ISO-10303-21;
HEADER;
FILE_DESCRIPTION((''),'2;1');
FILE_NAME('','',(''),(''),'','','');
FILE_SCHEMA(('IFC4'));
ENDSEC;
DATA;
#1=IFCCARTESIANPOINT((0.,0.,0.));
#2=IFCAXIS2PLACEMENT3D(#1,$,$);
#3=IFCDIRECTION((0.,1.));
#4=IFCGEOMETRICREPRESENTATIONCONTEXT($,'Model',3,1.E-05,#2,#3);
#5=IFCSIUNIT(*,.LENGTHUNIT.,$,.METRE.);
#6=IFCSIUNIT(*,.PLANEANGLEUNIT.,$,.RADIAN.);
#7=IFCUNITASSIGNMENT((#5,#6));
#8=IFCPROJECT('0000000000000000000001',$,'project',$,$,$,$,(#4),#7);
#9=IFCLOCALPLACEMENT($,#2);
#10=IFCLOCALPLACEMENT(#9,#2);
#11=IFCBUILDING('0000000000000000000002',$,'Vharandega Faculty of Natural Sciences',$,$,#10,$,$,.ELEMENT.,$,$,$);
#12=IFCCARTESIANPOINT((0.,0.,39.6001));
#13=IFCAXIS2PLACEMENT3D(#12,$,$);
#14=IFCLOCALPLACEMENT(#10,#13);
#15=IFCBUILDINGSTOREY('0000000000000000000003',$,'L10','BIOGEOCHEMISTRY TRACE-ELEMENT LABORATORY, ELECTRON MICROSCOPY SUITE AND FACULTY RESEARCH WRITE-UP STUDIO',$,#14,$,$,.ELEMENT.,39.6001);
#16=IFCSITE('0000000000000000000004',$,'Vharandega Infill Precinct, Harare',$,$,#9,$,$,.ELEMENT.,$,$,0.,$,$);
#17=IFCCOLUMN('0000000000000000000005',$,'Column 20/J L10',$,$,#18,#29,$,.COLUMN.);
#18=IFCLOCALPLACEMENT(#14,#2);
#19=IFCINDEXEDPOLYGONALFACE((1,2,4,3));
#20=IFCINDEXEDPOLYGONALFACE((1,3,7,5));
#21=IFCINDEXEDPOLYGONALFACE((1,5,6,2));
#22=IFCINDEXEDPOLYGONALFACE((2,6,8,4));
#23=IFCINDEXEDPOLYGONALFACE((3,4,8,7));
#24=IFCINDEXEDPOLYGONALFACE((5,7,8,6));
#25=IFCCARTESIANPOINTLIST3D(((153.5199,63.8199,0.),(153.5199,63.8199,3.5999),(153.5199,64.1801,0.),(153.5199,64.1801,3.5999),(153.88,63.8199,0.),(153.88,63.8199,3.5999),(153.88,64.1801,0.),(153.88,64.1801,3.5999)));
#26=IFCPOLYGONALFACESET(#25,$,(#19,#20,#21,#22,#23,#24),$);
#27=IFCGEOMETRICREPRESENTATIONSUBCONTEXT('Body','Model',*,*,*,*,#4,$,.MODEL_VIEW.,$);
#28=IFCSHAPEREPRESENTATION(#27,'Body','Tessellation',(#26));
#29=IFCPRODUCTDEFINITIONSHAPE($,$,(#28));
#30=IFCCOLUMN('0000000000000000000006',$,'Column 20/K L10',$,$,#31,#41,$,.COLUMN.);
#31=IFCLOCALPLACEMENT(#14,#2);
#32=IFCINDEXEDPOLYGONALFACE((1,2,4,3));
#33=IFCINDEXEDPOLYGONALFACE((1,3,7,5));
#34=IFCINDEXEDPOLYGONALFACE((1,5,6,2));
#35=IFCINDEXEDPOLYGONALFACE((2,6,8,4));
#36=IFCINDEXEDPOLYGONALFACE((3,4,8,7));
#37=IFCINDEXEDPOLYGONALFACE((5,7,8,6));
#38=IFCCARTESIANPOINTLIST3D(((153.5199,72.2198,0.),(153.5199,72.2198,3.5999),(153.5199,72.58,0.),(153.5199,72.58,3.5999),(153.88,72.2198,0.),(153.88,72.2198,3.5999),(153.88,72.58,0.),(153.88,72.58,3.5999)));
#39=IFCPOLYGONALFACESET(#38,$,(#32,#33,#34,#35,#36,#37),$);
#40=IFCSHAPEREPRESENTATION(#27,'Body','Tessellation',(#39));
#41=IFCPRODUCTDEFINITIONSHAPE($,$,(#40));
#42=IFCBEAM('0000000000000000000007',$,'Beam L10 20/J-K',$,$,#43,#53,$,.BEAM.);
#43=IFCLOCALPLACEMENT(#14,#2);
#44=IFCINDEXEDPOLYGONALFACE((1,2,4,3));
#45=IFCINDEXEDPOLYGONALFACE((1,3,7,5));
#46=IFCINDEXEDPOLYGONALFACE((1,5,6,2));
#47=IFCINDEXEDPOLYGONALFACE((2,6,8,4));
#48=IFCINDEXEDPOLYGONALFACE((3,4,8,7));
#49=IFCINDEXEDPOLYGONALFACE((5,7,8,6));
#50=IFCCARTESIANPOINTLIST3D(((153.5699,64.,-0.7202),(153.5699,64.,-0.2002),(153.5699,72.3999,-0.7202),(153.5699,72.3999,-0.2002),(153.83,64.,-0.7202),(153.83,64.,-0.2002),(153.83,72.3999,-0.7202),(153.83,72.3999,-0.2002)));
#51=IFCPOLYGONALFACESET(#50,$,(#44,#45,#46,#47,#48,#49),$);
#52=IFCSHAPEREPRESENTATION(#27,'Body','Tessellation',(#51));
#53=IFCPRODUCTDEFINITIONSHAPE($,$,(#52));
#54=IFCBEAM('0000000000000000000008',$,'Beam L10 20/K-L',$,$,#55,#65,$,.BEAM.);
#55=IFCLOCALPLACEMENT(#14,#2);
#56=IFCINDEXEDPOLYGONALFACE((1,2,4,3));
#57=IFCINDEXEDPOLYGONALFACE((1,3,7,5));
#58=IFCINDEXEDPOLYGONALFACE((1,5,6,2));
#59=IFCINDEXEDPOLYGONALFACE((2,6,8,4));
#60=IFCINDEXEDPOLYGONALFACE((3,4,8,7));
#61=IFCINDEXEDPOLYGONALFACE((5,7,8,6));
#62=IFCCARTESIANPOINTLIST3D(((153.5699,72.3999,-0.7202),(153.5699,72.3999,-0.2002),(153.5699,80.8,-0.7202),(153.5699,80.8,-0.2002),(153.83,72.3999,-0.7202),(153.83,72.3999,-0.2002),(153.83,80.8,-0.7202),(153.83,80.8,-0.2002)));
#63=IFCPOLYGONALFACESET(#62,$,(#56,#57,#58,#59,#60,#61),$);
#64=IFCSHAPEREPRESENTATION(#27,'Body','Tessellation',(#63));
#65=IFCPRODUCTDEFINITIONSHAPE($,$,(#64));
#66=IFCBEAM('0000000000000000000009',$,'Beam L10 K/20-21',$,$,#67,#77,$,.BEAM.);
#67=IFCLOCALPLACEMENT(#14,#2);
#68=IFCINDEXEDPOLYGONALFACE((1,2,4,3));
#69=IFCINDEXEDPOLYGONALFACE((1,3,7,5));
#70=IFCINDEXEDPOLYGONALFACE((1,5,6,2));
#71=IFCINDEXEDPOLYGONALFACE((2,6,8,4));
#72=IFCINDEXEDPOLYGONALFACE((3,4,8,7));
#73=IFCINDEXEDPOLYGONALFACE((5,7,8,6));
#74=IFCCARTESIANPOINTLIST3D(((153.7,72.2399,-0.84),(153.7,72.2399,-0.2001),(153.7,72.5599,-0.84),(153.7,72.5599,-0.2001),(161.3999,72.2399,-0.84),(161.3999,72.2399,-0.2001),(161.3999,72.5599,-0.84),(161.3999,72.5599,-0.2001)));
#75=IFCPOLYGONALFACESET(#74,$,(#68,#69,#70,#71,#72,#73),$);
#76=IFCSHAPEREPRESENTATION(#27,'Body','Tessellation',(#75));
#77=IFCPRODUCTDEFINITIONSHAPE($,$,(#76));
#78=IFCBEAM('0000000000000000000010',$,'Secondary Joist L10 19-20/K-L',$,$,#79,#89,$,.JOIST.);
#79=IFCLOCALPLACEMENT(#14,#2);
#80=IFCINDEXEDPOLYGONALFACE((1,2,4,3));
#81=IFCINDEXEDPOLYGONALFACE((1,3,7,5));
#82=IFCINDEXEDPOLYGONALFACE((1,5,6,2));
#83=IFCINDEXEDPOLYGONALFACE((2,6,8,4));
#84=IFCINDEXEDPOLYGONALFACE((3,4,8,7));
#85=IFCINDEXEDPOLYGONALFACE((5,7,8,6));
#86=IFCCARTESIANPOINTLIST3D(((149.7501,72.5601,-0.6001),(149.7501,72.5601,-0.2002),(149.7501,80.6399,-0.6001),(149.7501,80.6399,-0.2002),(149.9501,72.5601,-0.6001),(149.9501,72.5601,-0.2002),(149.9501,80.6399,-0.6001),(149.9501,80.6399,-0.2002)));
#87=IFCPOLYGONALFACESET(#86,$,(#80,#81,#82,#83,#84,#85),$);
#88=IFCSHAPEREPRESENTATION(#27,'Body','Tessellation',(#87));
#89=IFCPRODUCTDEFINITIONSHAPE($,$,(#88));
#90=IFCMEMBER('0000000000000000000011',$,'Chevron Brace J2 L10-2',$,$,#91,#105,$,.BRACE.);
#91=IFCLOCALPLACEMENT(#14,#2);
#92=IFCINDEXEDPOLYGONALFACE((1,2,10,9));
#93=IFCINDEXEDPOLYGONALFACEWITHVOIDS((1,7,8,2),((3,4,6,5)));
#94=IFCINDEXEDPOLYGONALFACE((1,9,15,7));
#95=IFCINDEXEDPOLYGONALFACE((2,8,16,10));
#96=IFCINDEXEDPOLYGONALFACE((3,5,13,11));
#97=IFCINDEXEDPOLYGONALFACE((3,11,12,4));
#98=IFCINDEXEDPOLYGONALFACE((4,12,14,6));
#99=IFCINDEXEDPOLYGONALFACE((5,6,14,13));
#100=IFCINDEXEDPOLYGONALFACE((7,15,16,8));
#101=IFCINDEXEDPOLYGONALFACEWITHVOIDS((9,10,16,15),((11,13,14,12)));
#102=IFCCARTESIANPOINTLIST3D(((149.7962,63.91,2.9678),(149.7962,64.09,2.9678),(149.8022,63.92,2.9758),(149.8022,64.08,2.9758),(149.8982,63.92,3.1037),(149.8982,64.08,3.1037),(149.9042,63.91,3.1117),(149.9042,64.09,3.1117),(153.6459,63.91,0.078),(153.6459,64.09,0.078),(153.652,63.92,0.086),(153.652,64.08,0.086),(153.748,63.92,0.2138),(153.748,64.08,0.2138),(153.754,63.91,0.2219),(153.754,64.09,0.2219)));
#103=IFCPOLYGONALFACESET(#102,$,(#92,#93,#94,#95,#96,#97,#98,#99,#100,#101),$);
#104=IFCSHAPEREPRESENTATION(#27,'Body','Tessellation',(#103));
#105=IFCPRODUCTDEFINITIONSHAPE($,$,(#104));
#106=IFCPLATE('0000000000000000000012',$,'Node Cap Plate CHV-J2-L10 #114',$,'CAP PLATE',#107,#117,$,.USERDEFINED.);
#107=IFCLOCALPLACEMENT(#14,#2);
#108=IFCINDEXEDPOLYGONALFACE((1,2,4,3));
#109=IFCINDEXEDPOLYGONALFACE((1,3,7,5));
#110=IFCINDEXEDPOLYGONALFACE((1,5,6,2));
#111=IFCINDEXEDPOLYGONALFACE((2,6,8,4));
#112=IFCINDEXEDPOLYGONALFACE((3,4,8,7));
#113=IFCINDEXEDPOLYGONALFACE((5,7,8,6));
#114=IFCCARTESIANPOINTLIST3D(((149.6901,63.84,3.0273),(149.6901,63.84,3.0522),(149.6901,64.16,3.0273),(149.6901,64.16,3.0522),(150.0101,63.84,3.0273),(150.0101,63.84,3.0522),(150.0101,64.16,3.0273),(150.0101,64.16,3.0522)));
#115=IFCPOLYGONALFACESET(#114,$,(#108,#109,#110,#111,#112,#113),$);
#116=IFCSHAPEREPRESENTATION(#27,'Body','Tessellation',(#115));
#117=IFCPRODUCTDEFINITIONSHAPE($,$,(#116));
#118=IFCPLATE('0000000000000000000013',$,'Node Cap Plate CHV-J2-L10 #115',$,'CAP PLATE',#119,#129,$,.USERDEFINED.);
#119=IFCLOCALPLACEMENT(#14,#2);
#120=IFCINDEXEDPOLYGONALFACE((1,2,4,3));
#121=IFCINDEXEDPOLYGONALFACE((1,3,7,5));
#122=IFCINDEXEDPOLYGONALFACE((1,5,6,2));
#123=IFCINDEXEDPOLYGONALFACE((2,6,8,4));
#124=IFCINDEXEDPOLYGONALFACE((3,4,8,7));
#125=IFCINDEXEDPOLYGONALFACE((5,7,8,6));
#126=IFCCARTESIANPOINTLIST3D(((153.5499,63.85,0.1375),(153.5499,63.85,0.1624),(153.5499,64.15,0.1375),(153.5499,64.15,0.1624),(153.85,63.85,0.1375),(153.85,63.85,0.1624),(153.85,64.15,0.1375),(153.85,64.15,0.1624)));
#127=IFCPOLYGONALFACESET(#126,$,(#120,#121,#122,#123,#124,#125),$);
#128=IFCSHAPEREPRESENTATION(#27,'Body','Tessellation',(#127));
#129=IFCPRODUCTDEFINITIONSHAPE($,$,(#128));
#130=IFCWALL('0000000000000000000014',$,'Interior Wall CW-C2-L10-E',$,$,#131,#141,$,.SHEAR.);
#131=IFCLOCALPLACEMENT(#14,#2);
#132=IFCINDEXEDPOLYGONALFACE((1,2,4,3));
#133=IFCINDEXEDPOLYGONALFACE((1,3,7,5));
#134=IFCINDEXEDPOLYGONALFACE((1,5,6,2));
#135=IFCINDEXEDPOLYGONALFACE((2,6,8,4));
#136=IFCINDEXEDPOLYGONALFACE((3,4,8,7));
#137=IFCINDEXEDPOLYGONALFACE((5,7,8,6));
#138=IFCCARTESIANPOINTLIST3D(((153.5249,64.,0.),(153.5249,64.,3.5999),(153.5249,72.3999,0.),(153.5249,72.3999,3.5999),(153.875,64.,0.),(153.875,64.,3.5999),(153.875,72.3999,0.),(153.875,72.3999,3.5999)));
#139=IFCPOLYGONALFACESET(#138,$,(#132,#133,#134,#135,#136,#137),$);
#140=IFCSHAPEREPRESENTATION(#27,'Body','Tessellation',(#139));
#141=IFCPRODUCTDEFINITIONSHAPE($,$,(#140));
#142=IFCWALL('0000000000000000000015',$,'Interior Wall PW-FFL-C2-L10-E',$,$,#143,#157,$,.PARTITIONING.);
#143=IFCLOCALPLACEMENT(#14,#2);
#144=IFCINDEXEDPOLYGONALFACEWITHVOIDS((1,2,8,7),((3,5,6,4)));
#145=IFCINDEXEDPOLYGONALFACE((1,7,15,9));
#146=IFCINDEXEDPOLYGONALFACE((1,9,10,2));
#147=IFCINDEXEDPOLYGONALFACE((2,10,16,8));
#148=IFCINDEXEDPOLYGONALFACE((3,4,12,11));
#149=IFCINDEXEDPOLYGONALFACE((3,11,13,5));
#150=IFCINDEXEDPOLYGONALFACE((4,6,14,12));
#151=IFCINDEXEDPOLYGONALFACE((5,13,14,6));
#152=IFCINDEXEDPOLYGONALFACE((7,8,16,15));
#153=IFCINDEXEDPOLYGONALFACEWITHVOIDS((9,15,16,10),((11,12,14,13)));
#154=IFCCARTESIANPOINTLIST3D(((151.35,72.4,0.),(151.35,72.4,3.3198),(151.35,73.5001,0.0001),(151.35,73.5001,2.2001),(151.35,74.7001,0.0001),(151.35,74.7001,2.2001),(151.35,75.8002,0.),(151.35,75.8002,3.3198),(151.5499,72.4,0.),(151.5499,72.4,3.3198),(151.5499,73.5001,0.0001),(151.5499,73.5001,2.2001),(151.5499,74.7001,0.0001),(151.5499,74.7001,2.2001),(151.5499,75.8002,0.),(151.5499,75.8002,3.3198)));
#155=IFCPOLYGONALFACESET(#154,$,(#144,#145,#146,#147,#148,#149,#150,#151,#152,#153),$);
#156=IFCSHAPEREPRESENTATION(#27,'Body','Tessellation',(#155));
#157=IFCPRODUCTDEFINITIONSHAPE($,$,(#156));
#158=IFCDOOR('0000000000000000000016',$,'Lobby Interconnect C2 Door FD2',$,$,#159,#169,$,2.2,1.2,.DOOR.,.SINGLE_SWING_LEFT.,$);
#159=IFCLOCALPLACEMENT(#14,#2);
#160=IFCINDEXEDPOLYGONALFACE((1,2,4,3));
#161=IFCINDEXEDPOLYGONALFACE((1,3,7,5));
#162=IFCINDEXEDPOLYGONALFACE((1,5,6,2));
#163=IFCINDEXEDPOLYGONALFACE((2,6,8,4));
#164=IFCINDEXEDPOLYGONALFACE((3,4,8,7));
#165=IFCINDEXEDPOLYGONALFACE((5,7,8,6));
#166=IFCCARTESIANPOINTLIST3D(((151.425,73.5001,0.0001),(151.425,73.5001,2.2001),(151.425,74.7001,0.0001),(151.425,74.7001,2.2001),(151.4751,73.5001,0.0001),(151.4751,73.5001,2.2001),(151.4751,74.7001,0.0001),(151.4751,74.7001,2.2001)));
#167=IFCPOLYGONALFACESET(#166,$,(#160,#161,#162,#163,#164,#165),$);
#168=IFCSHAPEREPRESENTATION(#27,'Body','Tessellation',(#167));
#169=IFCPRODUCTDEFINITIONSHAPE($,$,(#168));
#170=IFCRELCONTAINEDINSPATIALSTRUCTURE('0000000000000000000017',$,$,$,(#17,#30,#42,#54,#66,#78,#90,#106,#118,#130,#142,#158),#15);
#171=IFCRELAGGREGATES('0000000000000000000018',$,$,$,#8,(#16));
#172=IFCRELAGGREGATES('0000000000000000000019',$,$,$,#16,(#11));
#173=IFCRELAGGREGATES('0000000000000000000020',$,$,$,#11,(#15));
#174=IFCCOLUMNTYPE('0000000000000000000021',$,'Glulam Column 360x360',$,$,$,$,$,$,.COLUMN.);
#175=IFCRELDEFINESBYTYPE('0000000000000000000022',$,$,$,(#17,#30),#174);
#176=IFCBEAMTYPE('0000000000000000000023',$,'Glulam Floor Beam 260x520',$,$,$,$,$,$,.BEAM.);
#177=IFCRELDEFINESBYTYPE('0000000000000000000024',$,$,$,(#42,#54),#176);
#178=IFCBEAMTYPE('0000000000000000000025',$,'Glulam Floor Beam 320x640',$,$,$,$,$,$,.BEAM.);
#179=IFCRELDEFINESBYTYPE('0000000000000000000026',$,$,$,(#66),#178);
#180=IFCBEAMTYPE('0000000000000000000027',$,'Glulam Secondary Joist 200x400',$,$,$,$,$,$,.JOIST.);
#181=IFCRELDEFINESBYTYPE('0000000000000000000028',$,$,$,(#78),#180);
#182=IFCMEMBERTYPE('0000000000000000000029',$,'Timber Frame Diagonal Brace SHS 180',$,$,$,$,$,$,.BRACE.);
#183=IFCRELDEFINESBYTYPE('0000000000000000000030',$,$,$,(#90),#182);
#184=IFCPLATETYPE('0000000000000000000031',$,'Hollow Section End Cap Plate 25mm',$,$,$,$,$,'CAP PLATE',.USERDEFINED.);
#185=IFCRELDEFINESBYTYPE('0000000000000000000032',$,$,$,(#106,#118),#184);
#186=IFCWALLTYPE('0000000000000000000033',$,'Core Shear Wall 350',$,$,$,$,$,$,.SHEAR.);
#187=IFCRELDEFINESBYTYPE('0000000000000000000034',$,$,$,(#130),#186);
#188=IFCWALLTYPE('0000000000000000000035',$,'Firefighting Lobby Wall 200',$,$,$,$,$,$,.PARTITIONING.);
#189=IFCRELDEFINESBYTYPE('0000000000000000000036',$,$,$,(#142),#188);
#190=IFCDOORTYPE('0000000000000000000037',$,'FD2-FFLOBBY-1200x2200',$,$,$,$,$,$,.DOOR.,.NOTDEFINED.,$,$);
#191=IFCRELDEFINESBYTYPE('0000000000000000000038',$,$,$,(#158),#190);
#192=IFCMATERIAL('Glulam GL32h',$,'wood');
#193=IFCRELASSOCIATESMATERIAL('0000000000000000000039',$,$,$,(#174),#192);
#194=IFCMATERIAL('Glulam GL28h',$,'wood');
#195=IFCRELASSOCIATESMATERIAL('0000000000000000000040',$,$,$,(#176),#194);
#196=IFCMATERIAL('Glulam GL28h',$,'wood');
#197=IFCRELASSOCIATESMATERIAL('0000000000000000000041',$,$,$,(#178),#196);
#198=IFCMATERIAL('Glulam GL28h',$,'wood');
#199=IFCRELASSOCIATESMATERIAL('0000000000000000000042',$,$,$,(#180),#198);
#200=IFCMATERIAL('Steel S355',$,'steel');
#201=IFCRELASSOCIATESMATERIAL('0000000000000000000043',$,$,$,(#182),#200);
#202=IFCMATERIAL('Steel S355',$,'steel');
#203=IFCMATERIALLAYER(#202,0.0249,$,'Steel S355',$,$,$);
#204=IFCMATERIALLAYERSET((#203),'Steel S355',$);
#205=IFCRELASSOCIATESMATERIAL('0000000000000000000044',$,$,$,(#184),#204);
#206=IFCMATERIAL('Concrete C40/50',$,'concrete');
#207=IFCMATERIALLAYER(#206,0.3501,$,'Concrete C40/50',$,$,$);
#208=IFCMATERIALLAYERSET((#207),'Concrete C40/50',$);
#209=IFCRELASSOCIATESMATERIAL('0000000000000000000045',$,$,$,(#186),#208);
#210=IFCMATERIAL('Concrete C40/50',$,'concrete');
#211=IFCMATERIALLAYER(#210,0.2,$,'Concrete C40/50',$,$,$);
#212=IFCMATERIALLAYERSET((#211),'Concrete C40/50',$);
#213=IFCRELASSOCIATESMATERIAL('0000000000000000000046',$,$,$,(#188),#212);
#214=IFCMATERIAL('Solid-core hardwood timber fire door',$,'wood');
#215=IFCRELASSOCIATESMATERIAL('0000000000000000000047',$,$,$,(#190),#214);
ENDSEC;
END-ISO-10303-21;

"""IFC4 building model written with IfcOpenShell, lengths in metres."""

from ifc_helpers import new_model, si_unit, direction, frame, frame_2d, origin, origin_2d, place, context, subcontext, project, spatial, rectangle, hollow_rectangle, extrude, material, layer, layer_set, material_profile, profile_set, type_object, element, fill, save


model = new_model("IFC4")

# Units and contexts
model_context = context("Model", 3, precision=1e-05, world=origin(), true_north=direction((0.0, 1.0)))
body_context = subcontext(model_context, "Body", "Model", "MODEL_VIEW")
ifc_project = project(units=[si_unit("LENGTHUNIT", "METRE"), si_unit("PLANEANGLEUNIT", "RADIAN")], contexts=[model_context])

# Site, building, storey
site_placement = place(None, origin())
site = spatial("IfcSite", under=ifc_project, at=site_placement, Name="Vharandega Infill Precinct, Harare", CompositionType="ELEMENT", RefElevation=0.0)
building_placement = place(site_placement, origin())
building = spatial("IfcBuilding", under=site, at=building_placement, Name="Vharandega Faculty of Natural Sciences", CompositionType="ELEMENT")
storey_placement = place(building_placement, frame((0.0, 0.0, 39.6001)))
storey = spatial("IfcBuildingStorey", under=building, at=storey_placement, Name="L10", Description="BIOGEOCHEMISTRY TRACE-ELEMENT LABORATORY, ELECTRON MICROSCOPY SUITE AND FACULTY RESEARCH WRITE-UP STUDIO", CompositionType="ELEMENT", Elevation=39.6001)

# Columns
ifc_material_1 = material(Name="Glulam GL32h", Category="wood")
ifc_material_profile_1 = material_profile(ifc_material_1, rectangle(XDim=0.3601, YDim=0.3601, at=origin_2d()), Name="GL32h 360x360")
ifc_profile_set_1 = profile_set([ifc_material_profile_1], Name="Glulam GL32h")
column_type = type_object("IfcColumnType", Name="Glulam Column 360x360", PredefinedType="COLUMN", material=ifc_profile_set_1)
for number, where, z_axis, x_axis, name in (
    (1, (153.7, 64.0, 0.0), (0.0, 0.0, 1.0), (1.0, 0.0, 0.0), "Column 20/J L10"),
    (2, (153.7, 72.3999, 0.0), (0.0, 0.0, 1.0), (1.0, 0.0, 0.0), "Column 20/K L10"),
):
    element("IfcColumn", number, at=place(storey_placement, frame(where, z_axis=z_axis, x_axis=x_axis)), inside=storey, type_object=column_type, Name=name, PredefinedType="COLUMN", context=body_context, shape_type="SweptSolid", body=[
        extrude(rectangle(XDim=0.3601, YDim=0.3601, at=origin_2d()), origin(), (0.0, 0.0, 1.0), 3.5999),
    ])

# Beams
ifc_material_2 = material(Name="Glulam GL28h", Category="wood")
ifc_material_profile_2 = material_profile(ifc_material_2, rectangle(XDim=0.26, YDim=0.52, at=origin_2d()), Name="GL28h 260x520")
ifc_profile_set_2 = profile_set([ifc_material_profile_2], Name="Glulam GL28h")
beam_type_1 = type_object("IfcBeamType", Name="Glulam Floor Beam 260x520", PredefinedType="BEAM", material=ifc_profile_set_2)
beam_1_placement = place(storey_placement, frame((153.7, 64.0, -0.4602), z_axis=(0.0, 1.0, 0.0), x_axis=(-1.0, 0.0, 0.0)))
element("IfcBeam", 3, at=beam_1_placement, inside=storey, type_object=beam_type_1, Name="Beam L10 20/J-K", PredefinedType="BEAM", context=body_context, shape_type="SweptSolid", body=[
    extrude(rectangle(XDim=0.26, YDim=0.52, at=origin_2d()), origin(), (0.0, 0.0, 1.0), 8.3999),
])
beam_2_placement = place(storey_placement, frame((153.7, 72.3999, -0.4602), z_axis=(0.0, 1.0, 0.0), x_axis=(-1.0, 0.0, 0.0)))
element("IfcBeam", 4, at=beam_2_placement, inside=storey, type_object=beam_type_1, Name="Beam L10 20/K-L", PredefinedType="BEAM", context=body_context, shape_type="SweptSolid", body=[
    extrude(rectangle(XDim=0.26, YDim=0.52, at=origin_2d()), origin(), (0.0, 0.0, 1.0), 8.4001),
])
ifc_material_3 = material(Name="Glulam GL28h", Category="wood")
ifc_material_profile_3 = material_profile(ifc_material_3, rectangle(XDim=0.3201, YDim=0.6399, at=origin_2d()), Name="GL28h 320x640")
ifc_profile_set_3 = profile_set([ifc_material_profile_3], Name="Glulam GL28h")
beam_type_2 = type_object("IfcBeamType", Name="Glulam Floor Beam 320x640", PredefinedType="BEAM", material=ifc_profile_set_3)
beam_3_placement = place(storey_placement, frame((153.7, 72.3999, -0.52), z_axis=(1.0, 0.0, 0.0), x_axis=(0.0, 1.0, 0.0)))
element("IfcBeam", 5, at=beam_3_placement, inside=storey, type_object=beam_type_2, Name="Beam L10 K/20-21", PredefinedType="BEAM", context=body_context, shape_type="SweptSolid", body=[
    extrude(rectangle(XDim=0.3201, YDim=0.6399, at=origin_2d()), origin(), (0.0, 0.0, 1.0), 7.7),
])
ifc_material_4 = material(Name="Glulam GL28h", Category="wood")
ifc_material_profile_4 = material_profile(ifc_material_4, rectangle(XDim=0.2, YDim=0.3999, at=origin_2d()), Name="GL28h 200x400")
ifc_profile_set_4 = profile_set([ifc_material_profile_4], Name="Glulam GL28h")
beam_type_3 = type_object("IfcBeamType", Name="Glulam Secondary Joist 200x400", PredefinedType="JOIST", material=ifc_profile_set_4)
beam_4_placement = place(storey_placement, frame((149.8501, 72.5601, -0.4001), z_axis=(0.0, 1.0, 0.0), x_axis=(-1.0, 0.0, 0.0)))
element("IfcBeam", 6, at=beam_4_placement, inside=storey, type_object=beam_type_3, Name="Secondary Joist L10 19-20/K-L", PredefinedType="JOIST", context=body_context, shape_type="SweptSolid", body=[
    extrude(rectangle(XDim=0.2, YDim=0.3999, at=origin_2d()), origin(), (0.0, 0.0, 1.0), 8.0798),
])

# Member
ifc_material_5 = material(Name="Steel S355", Category="steel")
ifc_material_profile_5 = material_profile(ifc_material_5, hollow_rectangle(XDim=0.1799, YDim=0.1799, WallThickness=0.01, at=origin_2d()), Name="SHS 180x180x10")
ifc_profile_set_5 = profile_set([ifc_material_profile_5], Name="Steel S355")
member_type = type_object("IfcMemberType", Name="Timber Frame Diagonal Brace SHS 180", PredefinedType="BRACE", material=ifc_profile_set_5)
member_placement = place(storey_placement, frame((153.7, 64.0, 0.1499), z_axis=(-0.79975, 0.0, 0.600333), x_axis=(0.0, -1.0, 0.0)))
element("IfcMember", 7, at=member_placement, inside=storey, type_object=member_type, Name="Chevron Brace J2 L10-2", PredefinedType="BRACE", context=body_context, shape_type="SweptSolid", body=[
    extrude(hollow_rectangle(XDim=0.1799, YDim=0.1799, WallThickness=0.01, at=origin_2d()), origin(), (0.0, 0.0, 1.0), 4.8137),
])

# Plates
ifc_material_6 = material(Name="Steel S355", Category="steel")
ifc_layer_1 = layer(ifc_material_6, 0.0249, Name="Steel S355")
ifc_layer_set_1 = layer_set([ifc_layer_1], Name="Steel S355")
plate_type = type_object("IfcPlateType", Name="Hollow Section End Cap Plate 25mm", ElementType="CAP PLATE", PredefinedType="USERDEFINED", material=ifc_layer_set_1)
plate_1_placement = place(storey_placement, frame((149.8501, 64.0, 3.0273), z_axis=(0.0, 0.0, 1.0), x_axis=(1.0, 0.0, 0.0)))
element("IfcPlate", 8, at=plate_1_placement, inside=storey, type_object=plate_type, Name="Node Cap Plate CHV-J2-L10 #114", ObjectType="CAP PLATE", PredefinedType="USERDEFINED", context=body_context, shape_type="SweptSolid", body=[
    extrude(rectangle(XDim=0.3201, YDim=0.3201, at=origin_2d()), origin(), (0.0, 0.0, 1.0), 0.0249),
])
plate_2_placement = place(storey_placement, frame((153.7, 64.0, 0.1375), z_axis=(0.0, 0.0, 1.0), x_axis=(1.0, 0.0, 0.0)))
element("IfcPlate", 9, at=plate_2_placement, inside=storey, type_object=plate_type, Name="Node Cap Plate CHV-J2-L10 #115", ObjectType="CAP PLATE", PredefinedType="USERDEFINED", context=body_context, shape_type="SweptSolid", body=[
    extrude(rectangle(XDim=0.3, YDim=0.3, at=origin_2d()), origin(), (0.0, 0.0, 1.0), 0.0249),
])

# Wall
ifc_material_7 = material(Name="Concrete C40/50", Category="concrete")
ifc_layer_2 = layer(ifc_material_7, 0.3501, Name="Concrete C40/50")
ifc_layer_set_2 = layer_set([ifc_layer_2], Name="Concrete C40/50")
wall_type_1 = type_object("IfcWallType", Name="Core Shear Wall 350", PredefinedType="SHEAR", material=ifc_layer_set_2)
wall_1_placement = place(storey_placement, frame((153.7, 64.0, 0.0), z_axis=(0.0, 0.0, 1.0), x_axis=(0.0, 1.0, 0.0)))
element("IfcWall", 10, at=wall_1_placement, inside=storey, type_object=wall_type_1, Name="Interior Wall CW-C2-L10-E", PredefinedType="SHEAR", context=body_context, shape_type="SweptSolid", body=[
    extrude(rectangle(XDim=8.3999, YDim=0.3501, at=frame_2d((4.2, 0.0))), origin(), (0.0, 0.0, 1.0), 3.5999),
])

# Wall, opening, door
ifc_material_8 = material(Name="Concrete C40/50", Category="concrete")
ifc_layer_3 = layer(ifc_material_8, 0.2, Name="Concrete C40/50")
ifc_layer_set_3 = layer_set([ifc_layer_3], Name="Concrete C40/50")
wall_type_2 = type_object("IfcWallType", Name="Firefighting Lobby Wall 200", PredefinedType="PARTITIONING", material=ifc_layer_set_3)
wall_2_placement = place(storey_placement, frame((151.45, 72.3999, 0.0), z_axis=(0.0, 0.0, 1.0), x_axis=(0.0, 1.0, 0.0)))
wall_2 = element("IfcWall", 11, at=wall_2_placement, inside=storey, type_object=wall_type_2, Name="Interior Wall PW-FFL-C2-L10-E", PredefinedType="PARTITIONING", context=body_context, shape_type="SweptSolid", body=[
    extrude(rectangle(XDim=3.4001, YDim=0.2, at=frame_2d((1.7002, 0.0))), origin(), (0.0, 0.0, 1.0), 3.3198),
])
opening_1_placement = place(wall_2_placement, frame((1.1001, 0.0, 0.0)))
opening_1 = element("IfcOpeningElement", 12, at=opening_1_placement, cuts=wall_2, PredefinedType="OPENING", context=body_context, shape_type="SweptSolid", body=[
    extrude(rectangle(XDim=1.2, YDim=2.2, at=frame_2d((0.6001, 1.1001))), frame((0.0, 0.1099, 0.0), z_axis=(0.0, -1.0, 0.0), x_axis=(1.0, 0.0, 0.0)), (0.0, 0.0, 1.0), 0.22),
])
ifc_material_9 = material(Name="Solid-core hardwood timber fire door", Category="wood")
door_type_1 = type_object("IfcDoorType", Name="FD2-FFLOBBY-1200x2200", OperationType="NOTDEFINED", PredefinedType="DOOR", material=ifc_material_9)
door_1_placement = place(opening_1_placement, origin())
door_1 = element("IfcDoor", 13, at=door_1_placement, inside=storey, type_object=door_type_1, Name="Lobby Interconnect C2 Door FD2", OperationType="SINGLE_SWING_LEFT", OverallHeight=2.2, OverallWidth=1.2, PredefinedType="DOOR", context=body_context, shape_type="SweptSolid", body=[
    extrude(rectangle(XDim=1.2, YDim=2.2, at=frame_2d((0.6001, 1.1001))), frame((0.0, 0.0249, 0.0), z_axis=(0.0, -1.0, 0.0), x_axis=(1.0, 0.0, 0.0)), (0.0, 0.0, 1.0), 0.05),
])
fill(opening_1, door_1)

save(model, "model.ifc")
